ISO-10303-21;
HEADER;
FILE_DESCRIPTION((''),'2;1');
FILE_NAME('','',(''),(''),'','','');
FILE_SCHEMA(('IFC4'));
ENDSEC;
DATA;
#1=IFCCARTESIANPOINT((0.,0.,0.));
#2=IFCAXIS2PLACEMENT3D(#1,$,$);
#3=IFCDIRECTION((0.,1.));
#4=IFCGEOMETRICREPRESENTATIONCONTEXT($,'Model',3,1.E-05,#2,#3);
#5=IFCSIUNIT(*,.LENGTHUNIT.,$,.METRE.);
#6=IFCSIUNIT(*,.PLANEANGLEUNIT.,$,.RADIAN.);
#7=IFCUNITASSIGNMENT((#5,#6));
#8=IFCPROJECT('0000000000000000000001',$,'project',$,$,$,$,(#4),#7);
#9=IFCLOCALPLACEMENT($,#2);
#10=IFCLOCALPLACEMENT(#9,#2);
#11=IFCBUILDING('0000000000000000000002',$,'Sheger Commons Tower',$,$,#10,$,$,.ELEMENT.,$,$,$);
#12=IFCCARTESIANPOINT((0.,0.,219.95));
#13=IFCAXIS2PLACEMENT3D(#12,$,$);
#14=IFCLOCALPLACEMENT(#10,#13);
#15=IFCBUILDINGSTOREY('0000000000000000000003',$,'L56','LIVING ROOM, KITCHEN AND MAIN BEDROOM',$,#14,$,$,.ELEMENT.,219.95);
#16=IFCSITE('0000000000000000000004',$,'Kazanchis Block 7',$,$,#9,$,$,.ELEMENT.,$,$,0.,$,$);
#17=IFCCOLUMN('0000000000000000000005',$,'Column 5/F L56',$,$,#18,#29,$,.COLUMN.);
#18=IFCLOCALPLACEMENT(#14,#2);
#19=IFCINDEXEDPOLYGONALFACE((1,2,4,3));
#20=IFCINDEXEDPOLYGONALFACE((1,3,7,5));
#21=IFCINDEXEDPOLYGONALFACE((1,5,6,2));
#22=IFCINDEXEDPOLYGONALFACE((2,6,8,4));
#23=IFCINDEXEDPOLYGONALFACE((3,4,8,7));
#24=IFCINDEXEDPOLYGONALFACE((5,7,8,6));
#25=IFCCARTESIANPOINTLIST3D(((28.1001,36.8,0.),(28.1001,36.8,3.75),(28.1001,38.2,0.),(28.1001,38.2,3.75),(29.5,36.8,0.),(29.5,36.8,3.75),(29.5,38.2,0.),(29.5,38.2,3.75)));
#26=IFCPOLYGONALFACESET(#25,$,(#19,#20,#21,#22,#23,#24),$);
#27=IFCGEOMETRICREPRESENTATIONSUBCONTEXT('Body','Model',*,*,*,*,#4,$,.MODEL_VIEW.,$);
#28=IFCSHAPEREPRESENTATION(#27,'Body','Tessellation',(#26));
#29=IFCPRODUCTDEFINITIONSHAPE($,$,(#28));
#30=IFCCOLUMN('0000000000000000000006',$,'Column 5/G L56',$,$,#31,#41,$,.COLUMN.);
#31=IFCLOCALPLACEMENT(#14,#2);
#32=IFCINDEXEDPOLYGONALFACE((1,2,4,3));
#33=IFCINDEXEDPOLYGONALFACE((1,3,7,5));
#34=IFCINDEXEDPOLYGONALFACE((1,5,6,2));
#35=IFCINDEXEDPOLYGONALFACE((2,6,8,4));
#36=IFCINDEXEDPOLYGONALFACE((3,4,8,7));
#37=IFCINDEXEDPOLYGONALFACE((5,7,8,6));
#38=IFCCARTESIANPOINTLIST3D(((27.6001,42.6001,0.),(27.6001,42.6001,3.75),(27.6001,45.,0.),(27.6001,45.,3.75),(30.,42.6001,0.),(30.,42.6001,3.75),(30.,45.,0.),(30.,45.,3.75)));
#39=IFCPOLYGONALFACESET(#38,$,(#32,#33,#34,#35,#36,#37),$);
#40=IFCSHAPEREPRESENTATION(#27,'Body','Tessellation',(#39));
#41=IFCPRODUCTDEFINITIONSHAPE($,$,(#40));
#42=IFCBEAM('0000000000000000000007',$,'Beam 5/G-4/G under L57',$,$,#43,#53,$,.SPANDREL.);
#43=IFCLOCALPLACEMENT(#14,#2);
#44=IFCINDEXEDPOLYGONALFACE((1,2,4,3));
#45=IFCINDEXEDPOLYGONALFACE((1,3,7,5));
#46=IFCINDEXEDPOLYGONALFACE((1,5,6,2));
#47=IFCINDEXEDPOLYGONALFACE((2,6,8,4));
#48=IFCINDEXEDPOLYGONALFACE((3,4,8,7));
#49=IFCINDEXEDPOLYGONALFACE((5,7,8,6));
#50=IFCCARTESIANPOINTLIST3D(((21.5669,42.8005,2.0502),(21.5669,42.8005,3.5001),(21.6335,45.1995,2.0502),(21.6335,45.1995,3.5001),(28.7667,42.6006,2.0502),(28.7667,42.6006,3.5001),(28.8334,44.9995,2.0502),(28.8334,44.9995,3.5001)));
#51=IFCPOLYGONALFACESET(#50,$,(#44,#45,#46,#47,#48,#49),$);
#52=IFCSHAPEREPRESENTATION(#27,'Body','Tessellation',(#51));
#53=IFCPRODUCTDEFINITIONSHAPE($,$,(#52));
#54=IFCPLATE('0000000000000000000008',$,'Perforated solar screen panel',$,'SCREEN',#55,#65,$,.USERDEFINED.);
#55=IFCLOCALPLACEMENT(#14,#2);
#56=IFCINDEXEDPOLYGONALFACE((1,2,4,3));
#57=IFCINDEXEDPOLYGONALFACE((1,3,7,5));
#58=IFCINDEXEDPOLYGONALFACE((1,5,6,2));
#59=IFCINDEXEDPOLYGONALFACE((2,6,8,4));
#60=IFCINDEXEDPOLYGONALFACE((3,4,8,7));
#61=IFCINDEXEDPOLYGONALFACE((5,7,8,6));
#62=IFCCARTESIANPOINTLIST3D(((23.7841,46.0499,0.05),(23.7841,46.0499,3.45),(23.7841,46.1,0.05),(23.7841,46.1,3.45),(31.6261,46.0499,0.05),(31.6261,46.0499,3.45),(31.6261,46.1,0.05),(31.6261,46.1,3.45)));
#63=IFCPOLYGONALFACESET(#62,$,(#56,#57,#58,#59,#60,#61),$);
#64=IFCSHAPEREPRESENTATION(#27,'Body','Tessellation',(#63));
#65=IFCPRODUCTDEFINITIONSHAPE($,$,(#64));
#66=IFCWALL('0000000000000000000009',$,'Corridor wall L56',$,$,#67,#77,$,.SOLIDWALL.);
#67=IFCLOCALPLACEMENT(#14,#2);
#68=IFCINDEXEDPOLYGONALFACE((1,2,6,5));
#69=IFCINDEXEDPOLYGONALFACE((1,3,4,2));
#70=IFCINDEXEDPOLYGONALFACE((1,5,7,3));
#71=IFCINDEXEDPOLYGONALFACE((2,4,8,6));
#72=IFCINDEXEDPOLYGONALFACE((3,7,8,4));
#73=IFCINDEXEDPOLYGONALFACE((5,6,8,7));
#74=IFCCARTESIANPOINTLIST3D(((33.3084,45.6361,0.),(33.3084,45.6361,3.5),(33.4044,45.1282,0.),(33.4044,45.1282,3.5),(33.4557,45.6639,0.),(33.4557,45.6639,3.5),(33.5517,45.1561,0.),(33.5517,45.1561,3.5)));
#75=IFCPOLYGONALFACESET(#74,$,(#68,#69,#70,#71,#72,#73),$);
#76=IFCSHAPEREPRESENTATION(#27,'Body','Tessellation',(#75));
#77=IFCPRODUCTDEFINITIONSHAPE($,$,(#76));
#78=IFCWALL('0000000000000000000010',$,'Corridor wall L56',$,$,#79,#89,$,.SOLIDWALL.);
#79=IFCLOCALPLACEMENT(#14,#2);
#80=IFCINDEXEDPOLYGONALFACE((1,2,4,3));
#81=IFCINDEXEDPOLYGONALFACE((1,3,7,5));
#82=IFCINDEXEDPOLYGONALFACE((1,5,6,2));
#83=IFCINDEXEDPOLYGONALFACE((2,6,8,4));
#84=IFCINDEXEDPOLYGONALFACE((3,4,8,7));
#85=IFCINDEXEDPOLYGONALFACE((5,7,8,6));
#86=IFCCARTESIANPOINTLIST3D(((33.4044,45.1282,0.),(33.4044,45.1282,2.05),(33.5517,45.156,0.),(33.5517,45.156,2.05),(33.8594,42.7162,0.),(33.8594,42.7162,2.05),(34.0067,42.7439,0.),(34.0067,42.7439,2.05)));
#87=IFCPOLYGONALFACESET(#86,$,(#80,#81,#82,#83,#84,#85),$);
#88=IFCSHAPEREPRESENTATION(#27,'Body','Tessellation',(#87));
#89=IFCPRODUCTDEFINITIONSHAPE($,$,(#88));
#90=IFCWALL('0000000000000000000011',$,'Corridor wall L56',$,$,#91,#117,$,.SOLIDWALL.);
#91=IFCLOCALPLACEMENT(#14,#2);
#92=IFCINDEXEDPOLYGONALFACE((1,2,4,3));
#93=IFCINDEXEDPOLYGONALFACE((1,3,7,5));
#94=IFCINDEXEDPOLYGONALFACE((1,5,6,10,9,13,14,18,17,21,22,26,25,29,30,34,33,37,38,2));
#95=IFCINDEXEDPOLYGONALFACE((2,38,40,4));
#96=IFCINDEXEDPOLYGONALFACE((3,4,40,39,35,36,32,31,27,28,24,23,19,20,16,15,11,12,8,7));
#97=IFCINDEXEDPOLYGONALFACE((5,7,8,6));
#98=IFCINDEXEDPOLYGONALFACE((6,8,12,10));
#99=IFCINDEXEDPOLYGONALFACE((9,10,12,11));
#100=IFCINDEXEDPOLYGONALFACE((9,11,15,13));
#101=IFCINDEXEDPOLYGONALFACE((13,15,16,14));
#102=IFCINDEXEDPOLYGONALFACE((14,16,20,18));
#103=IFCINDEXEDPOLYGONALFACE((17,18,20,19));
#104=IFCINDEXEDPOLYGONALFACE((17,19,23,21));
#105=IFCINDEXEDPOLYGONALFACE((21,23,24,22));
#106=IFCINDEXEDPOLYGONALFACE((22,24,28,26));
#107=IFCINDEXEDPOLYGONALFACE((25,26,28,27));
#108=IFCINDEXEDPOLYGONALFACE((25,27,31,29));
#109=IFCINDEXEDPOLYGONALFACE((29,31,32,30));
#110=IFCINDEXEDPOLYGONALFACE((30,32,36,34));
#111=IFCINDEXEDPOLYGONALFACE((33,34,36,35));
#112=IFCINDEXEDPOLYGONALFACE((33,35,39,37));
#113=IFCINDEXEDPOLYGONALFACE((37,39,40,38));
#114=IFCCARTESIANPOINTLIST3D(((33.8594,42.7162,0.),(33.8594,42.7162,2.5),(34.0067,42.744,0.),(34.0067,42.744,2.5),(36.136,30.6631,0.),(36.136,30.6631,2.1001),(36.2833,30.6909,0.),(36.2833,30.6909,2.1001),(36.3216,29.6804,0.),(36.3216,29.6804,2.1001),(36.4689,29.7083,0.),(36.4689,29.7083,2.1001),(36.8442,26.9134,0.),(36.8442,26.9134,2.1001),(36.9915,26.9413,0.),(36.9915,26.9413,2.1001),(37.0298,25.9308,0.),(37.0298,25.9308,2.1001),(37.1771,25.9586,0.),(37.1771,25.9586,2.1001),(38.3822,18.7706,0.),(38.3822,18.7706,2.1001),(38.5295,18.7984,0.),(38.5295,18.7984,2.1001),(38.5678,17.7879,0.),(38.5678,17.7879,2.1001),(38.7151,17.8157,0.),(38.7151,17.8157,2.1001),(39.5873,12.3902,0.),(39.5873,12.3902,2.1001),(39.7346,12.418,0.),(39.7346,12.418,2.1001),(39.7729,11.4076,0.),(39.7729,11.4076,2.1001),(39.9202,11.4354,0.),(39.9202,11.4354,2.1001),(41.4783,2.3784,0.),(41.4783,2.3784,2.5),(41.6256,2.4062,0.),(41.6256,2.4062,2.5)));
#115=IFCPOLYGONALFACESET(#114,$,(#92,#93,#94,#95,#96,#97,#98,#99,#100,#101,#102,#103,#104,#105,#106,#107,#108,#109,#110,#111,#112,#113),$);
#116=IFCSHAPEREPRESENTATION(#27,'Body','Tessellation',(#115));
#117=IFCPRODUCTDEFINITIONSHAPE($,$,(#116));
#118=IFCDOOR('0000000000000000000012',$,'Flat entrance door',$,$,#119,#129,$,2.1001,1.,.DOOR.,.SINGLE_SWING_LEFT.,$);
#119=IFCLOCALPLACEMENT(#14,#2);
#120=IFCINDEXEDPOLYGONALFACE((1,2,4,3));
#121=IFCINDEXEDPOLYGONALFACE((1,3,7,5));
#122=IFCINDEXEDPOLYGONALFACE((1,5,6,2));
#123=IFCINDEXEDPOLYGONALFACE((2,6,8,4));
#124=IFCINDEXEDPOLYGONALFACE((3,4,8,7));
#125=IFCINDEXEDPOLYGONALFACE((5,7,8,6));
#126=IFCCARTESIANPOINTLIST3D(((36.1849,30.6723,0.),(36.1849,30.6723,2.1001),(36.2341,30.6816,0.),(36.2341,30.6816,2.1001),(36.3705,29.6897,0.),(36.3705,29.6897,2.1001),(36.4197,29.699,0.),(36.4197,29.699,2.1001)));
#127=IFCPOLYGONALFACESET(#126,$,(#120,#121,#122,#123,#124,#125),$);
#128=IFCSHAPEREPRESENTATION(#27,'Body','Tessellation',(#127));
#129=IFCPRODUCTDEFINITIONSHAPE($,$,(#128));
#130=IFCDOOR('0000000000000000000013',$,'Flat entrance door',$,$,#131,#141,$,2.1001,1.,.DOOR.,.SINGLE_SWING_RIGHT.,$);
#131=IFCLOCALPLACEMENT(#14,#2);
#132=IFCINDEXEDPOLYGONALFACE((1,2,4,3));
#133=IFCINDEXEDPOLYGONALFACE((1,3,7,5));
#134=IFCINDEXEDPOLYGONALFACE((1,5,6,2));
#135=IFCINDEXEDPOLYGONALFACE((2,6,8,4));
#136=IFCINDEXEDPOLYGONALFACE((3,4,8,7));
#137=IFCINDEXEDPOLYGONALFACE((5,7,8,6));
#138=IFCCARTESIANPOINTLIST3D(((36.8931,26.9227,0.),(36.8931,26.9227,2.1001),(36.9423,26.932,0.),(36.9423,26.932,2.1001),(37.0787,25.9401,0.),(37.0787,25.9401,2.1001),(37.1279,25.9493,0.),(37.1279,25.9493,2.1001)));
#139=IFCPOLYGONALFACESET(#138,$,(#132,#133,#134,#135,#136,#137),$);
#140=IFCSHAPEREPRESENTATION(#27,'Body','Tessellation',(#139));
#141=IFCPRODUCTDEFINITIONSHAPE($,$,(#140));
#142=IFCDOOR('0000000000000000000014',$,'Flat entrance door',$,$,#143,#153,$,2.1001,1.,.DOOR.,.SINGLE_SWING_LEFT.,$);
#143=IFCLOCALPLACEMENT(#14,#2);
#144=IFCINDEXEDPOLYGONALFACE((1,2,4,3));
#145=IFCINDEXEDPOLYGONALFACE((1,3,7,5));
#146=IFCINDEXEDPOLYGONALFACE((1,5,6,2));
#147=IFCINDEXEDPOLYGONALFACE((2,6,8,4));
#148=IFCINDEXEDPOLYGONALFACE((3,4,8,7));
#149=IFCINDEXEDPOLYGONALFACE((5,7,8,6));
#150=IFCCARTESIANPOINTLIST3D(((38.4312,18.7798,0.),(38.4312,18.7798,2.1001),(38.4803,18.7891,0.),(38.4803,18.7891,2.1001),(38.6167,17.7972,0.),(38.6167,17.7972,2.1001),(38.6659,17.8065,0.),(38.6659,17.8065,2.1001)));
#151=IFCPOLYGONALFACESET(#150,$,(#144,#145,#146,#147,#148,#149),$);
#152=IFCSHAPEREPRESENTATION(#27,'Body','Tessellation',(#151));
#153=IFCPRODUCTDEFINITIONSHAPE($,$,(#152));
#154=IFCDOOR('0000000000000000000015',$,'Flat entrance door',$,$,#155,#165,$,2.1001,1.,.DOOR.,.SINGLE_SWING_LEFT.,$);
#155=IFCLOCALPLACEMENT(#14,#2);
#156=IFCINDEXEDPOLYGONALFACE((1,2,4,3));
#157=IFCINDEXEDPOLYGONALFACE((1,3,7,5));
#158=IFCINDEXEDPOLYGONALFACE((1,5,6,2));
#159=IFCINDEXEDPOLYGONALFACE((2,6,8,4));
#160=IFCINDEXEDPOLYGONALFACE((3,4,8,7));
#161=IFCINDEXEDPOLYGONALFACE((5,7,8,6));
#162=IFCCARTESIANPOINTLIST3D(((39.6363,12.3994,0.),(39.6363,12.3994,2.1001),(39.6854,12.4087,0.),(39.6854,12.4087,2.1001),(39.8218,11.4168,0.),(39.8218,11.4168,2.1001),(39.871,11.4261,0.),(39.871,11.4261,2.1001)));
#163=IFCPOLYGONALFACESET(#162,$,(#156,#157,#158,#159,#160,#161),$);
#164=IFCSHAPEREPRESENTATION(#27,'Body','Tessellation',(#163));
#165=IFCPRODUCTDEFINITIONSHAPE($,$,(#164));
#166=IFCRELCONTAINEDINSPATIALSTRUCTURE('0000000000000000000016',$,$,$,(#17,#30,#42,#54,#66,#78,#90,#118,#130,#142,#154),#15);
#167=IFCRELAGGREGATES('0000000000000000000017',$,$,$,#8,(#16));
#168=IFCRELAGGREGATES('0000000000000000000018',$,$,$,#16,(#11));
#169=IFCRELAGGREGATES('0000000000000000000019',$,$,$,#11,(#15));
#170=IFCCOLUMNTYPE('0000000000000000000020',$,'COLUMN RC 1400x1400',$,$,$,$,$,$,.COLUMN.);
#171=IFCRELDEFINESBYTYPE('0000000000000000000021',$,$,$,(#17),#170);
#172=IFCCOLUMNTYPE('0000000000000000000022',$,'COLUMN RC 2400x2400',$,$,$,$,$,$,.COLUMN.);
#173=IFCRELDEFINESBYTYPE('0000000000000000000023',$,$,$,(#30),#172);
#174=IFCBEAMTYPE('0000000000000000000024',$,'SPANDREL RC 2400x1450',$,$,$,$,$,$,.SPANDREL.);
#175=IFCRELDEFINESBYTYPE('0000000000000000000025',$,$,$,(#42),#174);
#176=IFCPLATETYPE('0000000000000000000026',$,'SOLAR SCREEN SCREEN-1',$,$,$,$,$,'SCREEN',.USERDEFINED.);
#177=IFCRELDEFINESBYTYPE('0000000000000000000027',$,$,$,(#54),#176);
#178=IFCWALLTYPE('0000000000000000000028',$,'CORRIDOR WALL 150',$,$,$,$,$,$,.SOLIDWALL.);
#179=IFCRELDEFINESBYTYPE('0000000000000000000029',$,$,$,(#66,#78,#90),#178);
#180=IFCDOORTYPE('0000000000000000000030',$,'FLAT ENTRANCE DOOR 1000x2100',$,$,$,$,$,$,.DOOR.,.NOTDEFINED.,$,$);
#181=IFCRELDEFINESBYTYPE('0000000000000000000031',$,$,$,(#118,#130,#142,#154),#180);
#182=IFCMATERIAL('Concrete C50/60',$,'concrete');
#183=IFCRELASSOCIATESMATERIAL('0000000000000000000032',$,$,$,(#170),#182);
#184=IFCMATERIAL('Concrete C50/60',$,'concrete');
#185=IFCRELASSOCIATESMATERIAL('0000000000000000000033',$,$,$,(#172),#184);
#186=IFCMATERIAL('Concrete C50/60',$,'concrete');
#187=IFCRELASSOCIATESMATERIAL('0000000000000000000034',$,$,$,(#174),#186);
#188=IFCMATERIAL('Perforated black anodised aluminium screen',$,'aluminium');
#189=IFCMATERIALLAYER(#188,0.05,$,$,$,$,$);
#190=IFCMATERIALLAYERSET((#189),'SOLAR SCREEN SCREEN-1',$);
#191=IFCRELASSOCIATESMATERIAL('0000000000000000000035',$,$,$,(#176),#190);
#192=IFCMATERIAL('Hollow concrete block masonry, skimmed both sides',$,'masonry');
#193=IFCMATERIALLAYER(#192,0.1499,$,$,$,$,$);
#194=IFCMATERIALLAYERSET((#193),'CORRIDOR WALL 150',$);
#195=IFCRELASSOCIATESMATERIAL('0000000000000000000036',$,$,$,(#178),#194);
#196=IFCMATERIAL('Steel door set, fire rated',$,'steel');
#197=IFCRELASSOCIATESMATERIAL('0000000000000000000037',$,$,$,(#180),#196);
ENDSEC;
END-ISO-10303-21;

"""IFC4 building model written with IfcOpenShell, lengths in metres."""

from ifc_helpers import new_model, si_unit, direction, frame, frame_2d, origin, origin_2d, place, context, subcontext, project, spatial, rectangle, extrude, material, layer, layer_set, material_profile, profile_set, type_object, element, fill, save


model = new_model("IFC4")

# Units and contexts
model_context = context("Model", 3, precision=1e-05, world=origin(), true_north=direction((0.0, 1.0)))
body_context = subcontext(model_context, "Body", "Model", "MODEL_VIEW")
ifc_project = project(units=[si_unit("LENGTHUNIT", "METRE"), si_unit("PLANEANGLEUNIT", "RADIAN")], contexts=[model_context])

# Site, building, storey
site_placement = place(None, origin())
site = spatial("IfcSite", under=ifc_project, at=site_placement, Name="Kazanchis Block 7", CompositionType="ELEMENT", RefElevation=0.0)
building_placement = place(site_placement, origin())
building = spatial("IfcBuilding", under=site, at=building_placement, Name="Sheger Commons Tower", CompositionType="ELEMENT")
storey_placement = place(building_placement, frame((0.0, 0.0, 219.95)))
storey = spatial("IfcBuildingStorey", under=building, at=storey_placement, Name="L56", Description="LIVING ROOM, KITCHEN AND MAIN BEDROOM", CompositionType="ELEMENT", Elevation=219.95)

# Columns
ifc_material_1 = material(Name="Concrete C50/60", Category="concrete")
ifc_material_profile_1 = material_profile(ifc_material_1, rectangle(XDim=1.3999, YDim=1.3999, at=origin_2d()), Name="RC 1400x1400")
ifc_profile_set_1 = profile_set([ifc_material_profile_1], Name="Concrete C50/60")
column_type_1 = type_object("IfcColumnType", Name="COLUMN RC 1400x1400", PredefinedType="COLUMN", material=ifc_profile_set_1)
column_1_placement = place(storey_placement, frame((28.8, 37.5, 0.0), z_axis=(0.0, 0.0, 1.0), x_axis=(1.0, 0.0, 0.0)))
element("IfcColumn", 1, at=column_1_placement, inside=storey, type_object=column_type_1, Name="Column 5/F L56", PredefinedType="COLUMN", context=body_context, shape_type="SweptSolid", body=[
    extrude(rectangle(XDim=1.3999, YDim=1.3999, at=origin_2d()), origin(), (0.0, 0.0, 1.0), 3.75),
])
ifc_material_2 = material(Name="Concrete C50/60", Category="concrete")
ifc_material_profile_2 = material_profile(ifc_material_2, rectangle(XDim=2.3999, YDim=2.3999, at=origin_2d()), Name="RC 2400x2400")
ifc_profile_set_2 = profile_set([ifc_material_profile_2], Name="Concrete C50/60")
column_type_2 = type_object("IfcColumnType", Name="COLUMN RC 2400x2400", PredefinedType="COLUMN", material=ifc_profile_set_2)
column_2_placement = place(storey_placement, frame((28.8, 43.8, 0.0), z_axis=(0.0, 0.0, 1.0), x_axis=(1.0, 0.0, 0.0)))
element("IfcColumn", 2, at=column_2_placement, inside=storey, type_object=column_type_2, Name="Column 5/G L56", PredefinedType="COLUMN", context=body_context, shape_type="SweptSolid", body=[
    extrude(rectangle(XDim=2.3999, YDim=2.3999, at=origin_2d()), origin(), (0.0, 0.0, 1.0), 3.75),
])

# Beam
ifc_material_3 = material(Name="Concrete C50/60", Category="concrete")
ifc_material_profile_3 = material_profile(ifc_material_3, rectangle(XDim=2.3999, YDim=1.45, at=origin_2d()), Name="RC 2400x1450")
ifc_profile_set_3 = profile_set([ifc_material_profile_3], Name="Concrete C50/60")
beam_type = type_object("IfcBeamType", Name="SPANDREL RC 2400x1450", PredefinedType="SPANDREL", material=ifc_profile_set_3)
beam_placement = place(storey_placement, frame((28.8, 43.8, 2.7751), z_axis=(-0.999615, 0.02776, 0.0), x_axis=(-0.02776, -0.999615, 0.0)))
element("IfcBeam", 3, at=beam_placement, inside=storey, type_object=beam_type, Name="Beam 5/G-4/G under L57", PredefinedType="SPANDREL", context=body_context, shape_type="SweptSolid", body=[
    extrude(rectangle(XDim=2.3999, YDim=1.45, at=origin_2d()), origin(), (0.0, 0.0, 1.0), 7.2026),
])

# Plate
ifc_material_4 = material(Name="Perforated black anodised aluminium screen", Category="aluminium")
ifc_layer_1 = layer(ifc_material_4, 0.05)
ifc_layer_set_1 = layer_set([ifc_layer_1], Name="SOLAR SCREEN SCREEN-1")
plate_type = type_object("IfcPlateType", Name="SOLAR SCREEN SCREEN-1", ElementType="SCREEN", PredefinedType="USERDEFINED", material=ifc_layer_set_1)
plate_placement = place(storey_placement, frame((27.7051, 46.075, 0.05), z_axis=(0.0, 0.0, 1.0), x_axis=(-1.0, 0.0, 0.0)))
element("IfcPlate", 4, at=plate_placement, inside=storey, type_object=plate_type, Name="Perforated solar screen panel", ObjectType="SCREEN", PredefinedType="USERDEFINED", context=body_context, shape_type="SweptSolid", body=[
    extrude(rectangle(XDim=7.842, YDim=0.05, at=origin_2d()), origin(), (0.0, 0.0, 1.0), 3.3999),
])

# Walls
ifc_material_5 = material(Name="Hollow concrete block masonry, skimmed both sides", Category="masonry")
ifc_layer_2 = layer(ifc_material_5, 0.1499)
ifc_layer_set_2 = layer_set([ifc_layer_2], Name="CORRIDOR WALL 150")
wall_type_1 = type_object("IfcWallType", Name="CORRIDOR WALL 150", PredefinedType="SOLIDWALL", material=ifc_layer_set_2)
wall_1_placement = place(storey_placement, frame((33.3821, 45.6499, 0.0), z_axis=(0.0, 0.0, 1.0), x_axis=(0.185657, -0.982615, 0.0)))
element("IfcWall", 5, at=wall_1_placement, inside=storey, type_object=wall_type_1, Name="Corridor wall L56", PredefinedType="SOLIDWALL", context=body_context, shape_type="SweptSolid", body=[
    extrude(rectangle(XDim=0.5168, YDim=0.1499, at=frame_2d((0.2583, 0.0))), origin(), (0.0, 0.0, 1.0), 3.5),
])
wall_2_placement = place(storey_placement, frame((33.478, 45.1421, 0.0), z_axis=(0.0, 0.0, 1.0), x_axis=(0.185393, -0.982664, 0.0)))
element("IfcWall", 6, at=wall_2_placement, inside=storey, type_object=wall_type_1, Name="Corridor wall L56", PredefinedType="SOLIDWALL", context=body_context, shape_type="SweptSolid", body=[
    extrude(rectangle(XDim=2.4546, YDim=0.1499, at=frame_2d((1.2273, 0.0))), origin(), (0.0, 0.0, 1.0), 2.05),
])

# Wall, openings, doors
wall_3_placement = place(storey_placement, frame((33.9331, 42.73, 0.0), z_axis=(0.0, 0.0, 1.0), x_axis=(0.185595, -0.982626, 0.0)))
wall_3 = element("IfcWall", 7, at=wall_3_placement, inside=storey, type_object=wall_type_1, Name="Corridor wall L56", PredefinedType="SOLIDWALL", context=body_context, shape_type="SweptSolid", body=[
    extrude(rectangle(XDim=41.051, YDim=0.1499, at=frame_2d((20.5254, 0.0))), origin(), (0.0, 0.0, 1.0), 2.5),
])
opening_1_placement = place(wall_3_placement, frame((12.2661, 0.0, 0.0)))
opening_1 = element("IfcOpeningElement", 8, at=opening_1_placement, cuts=wall_3, PredefinedType="OPENING", context=body_context, shape_type="SweptSolid", body=[
    extrude(rectangle(XDim=1.0, YDim=2.1001, at=frame_2d((0.5, 1.05))), frame((0.0, 0.085, 0.0), z_axis=(0.0, -1.0, 0.0), x_axis=(1.0, 0.0, 0.0)), (0.0, 0.0, 1.0), 0.1699),
])
opening_2_placement = place(wall_3_placement, frame((16.082, 0.0, 0.0)))
opening_2 = element("IfcOpeningElement", 9, at=opening_2_placement, cuts=wall_3, PredefinedType="OPENING", context=body_context, shape_type="SweptSolid", body=[
    extrude(rectangle(XDim=1.0, YDim=2.1001, at=frame_2d((0.5, 1.05))), frame((0.0, 0.085, 0.0), z_axis=(0.0, -1.0, 0.0), x_axis=(1.0, 0.0, 0.0)), (0.0, 0.0, 1.0), 0.1699),
])
opening_3_placement = place(wall_3_placement, frame((24.3689, 0.0, 0.0)))
opening_3 = element("IfcOpeningElement", 10, at=opening_3_placement, cuts=wall_3, PredefinedType="OPENING", context=body_context, shape_type="SweptSolid", body=[
    extrude(rectangle(XDim=1.0, YDim=2.1001, at=frame_2d((0.5, 1.05))), frame((0.0, 0.085, 0.0), z_axis=(0.0, -1.0, 0.0), x_axis=(1.0, 0.0, 0.0)), (0.0, 0.0, 1.0), 0.1699),
])
opening_4_placement = place(wall_3_placement, frame((30.8621, 0.0, 0.0)))
opening_4 = element("IfcOpeningElement", 11, at=opening_4_placement, cuts=wall_3, PredefinedType="OPENING", context=body_context, shape_type="SweptSolid", body=[
    extrude(rectangle(XDim=1.0, YDim=2.1001, at=frame_2d((0.5, 1.05))), frame((0.0, 0.085, 0.0), z_axis=(0.0, -1.0, 0.0), x_axis=(1.0, 0.0, 0.0)), (0.0, 0.0, 1.0), 0.1699),
])
ifc_material_6 = material(Name="Steel door set, fire rated", Category="steel")
door_type_1 = type_object("IfcDoorType", Name="FLAT ENTRANCE DOOR 1000x2100", OperationType="NOTDEFINED", PredefinedType="DOOR", material=ifc_material_6)
door_1_placement = place(opening_1_placement, origin())
door_1 = element("IfcDoor", 12, at=door_1_placement, inside=storey, type_object=door_type_1, Name="Flat entrance door", OperationType="SINGLE_SWING_LEFT", OverallHeight=2.1001, OverallWidth=1.0, PredefinedType="DOOR", context=body_context, shape_type="SweptSolid", body=[
    extrude(rectangle(XDim=1.0, YDim=2.1001, at=frame_2d((0.5, 1.05))), frame((0.0, 0.0249, 0.0), z_axis=(0.0, -1.0, 0.0), x_axis=(1.0, 0.0, 0.0)), (0.0, 0.0, 1.0), 0.05),
])
fill(opening_1, door_1)
door_2_placement = place(opening_2_placement, origin())
door_2 = element("IfcDoor", 13, at=door_2_placement, inside=storey, type_object=door_type_1, Name="Flat entrance door", OperationType="SINGLE_SWING_RIGHT", OverallHeight=2.1001, OverallWidth=1.0, PredefinedType="DOOR", context=body_context, shape_type="SweptSolid", body=[
    extrude(rectangle(XDim=1.0, YDim=2.1001, at=frame_2d((0.5, 1.05))), frame((0.0, 0.0249, 0.0), z_axis=(0.0, -1.0, 0.0), x_axis=(1.0, 0.0, 0.0)), (0.0, 0.0, 1.0), 0.05),
])
fill(opening_2, door_2)
door_3_placement = place(opening_3_placement, origin())
door_3 = element("IfcDoor", 14, at=door_3_placement, inside=storey, type_object=door_type_1, Name="Flat entrance door", OperationType="SINGLE_SWING_LEFT", OverallHeight=2.1001, OverallWidth=1.0, PredefinedType="DOOR", context=body_context, shape_type="SweptSolid", body=[
    extrude(rectangle(XDim=1.0, YDim=2.1001, at=frame_2d((0.5, 1.05))), frame((0.0, 0.0249, 0.0), z_axis=(0.0, -1.0, 0.0), x_axis=(1.0, 0.0, 0.0)), (0.0, 0.0, 1.0), 0.05),
])
fill(opening_3, door_3)
door_4_placement = place(opening_4_placement, origin())
door_4 = element("IfcDoor", 15, at=door_4_placement, inside=storey, type_object=door_type_1, Name="Flat entrance door", OperationType="SINGLE_SWING_LEFT", OverallHeight=2.1001, OverallWidth=1.0, PredefinedType="DOOR", context=body_context, shape_type="SweptSolid", body=[
    extrude(rectangle(XDim=1.0, YDim=2.1001, at=frame_2d((0.5, 1.05))), frame((0.0, 0.0249, 0.0), z_axis=(0.0, -1.0, 0.0), x_axis=(1.0, 0.0, 0.0)), (0.0, 0.0, 1.0), 0.05),
])
fill(opening_4, door_4)

save(model, "model.ifc")
